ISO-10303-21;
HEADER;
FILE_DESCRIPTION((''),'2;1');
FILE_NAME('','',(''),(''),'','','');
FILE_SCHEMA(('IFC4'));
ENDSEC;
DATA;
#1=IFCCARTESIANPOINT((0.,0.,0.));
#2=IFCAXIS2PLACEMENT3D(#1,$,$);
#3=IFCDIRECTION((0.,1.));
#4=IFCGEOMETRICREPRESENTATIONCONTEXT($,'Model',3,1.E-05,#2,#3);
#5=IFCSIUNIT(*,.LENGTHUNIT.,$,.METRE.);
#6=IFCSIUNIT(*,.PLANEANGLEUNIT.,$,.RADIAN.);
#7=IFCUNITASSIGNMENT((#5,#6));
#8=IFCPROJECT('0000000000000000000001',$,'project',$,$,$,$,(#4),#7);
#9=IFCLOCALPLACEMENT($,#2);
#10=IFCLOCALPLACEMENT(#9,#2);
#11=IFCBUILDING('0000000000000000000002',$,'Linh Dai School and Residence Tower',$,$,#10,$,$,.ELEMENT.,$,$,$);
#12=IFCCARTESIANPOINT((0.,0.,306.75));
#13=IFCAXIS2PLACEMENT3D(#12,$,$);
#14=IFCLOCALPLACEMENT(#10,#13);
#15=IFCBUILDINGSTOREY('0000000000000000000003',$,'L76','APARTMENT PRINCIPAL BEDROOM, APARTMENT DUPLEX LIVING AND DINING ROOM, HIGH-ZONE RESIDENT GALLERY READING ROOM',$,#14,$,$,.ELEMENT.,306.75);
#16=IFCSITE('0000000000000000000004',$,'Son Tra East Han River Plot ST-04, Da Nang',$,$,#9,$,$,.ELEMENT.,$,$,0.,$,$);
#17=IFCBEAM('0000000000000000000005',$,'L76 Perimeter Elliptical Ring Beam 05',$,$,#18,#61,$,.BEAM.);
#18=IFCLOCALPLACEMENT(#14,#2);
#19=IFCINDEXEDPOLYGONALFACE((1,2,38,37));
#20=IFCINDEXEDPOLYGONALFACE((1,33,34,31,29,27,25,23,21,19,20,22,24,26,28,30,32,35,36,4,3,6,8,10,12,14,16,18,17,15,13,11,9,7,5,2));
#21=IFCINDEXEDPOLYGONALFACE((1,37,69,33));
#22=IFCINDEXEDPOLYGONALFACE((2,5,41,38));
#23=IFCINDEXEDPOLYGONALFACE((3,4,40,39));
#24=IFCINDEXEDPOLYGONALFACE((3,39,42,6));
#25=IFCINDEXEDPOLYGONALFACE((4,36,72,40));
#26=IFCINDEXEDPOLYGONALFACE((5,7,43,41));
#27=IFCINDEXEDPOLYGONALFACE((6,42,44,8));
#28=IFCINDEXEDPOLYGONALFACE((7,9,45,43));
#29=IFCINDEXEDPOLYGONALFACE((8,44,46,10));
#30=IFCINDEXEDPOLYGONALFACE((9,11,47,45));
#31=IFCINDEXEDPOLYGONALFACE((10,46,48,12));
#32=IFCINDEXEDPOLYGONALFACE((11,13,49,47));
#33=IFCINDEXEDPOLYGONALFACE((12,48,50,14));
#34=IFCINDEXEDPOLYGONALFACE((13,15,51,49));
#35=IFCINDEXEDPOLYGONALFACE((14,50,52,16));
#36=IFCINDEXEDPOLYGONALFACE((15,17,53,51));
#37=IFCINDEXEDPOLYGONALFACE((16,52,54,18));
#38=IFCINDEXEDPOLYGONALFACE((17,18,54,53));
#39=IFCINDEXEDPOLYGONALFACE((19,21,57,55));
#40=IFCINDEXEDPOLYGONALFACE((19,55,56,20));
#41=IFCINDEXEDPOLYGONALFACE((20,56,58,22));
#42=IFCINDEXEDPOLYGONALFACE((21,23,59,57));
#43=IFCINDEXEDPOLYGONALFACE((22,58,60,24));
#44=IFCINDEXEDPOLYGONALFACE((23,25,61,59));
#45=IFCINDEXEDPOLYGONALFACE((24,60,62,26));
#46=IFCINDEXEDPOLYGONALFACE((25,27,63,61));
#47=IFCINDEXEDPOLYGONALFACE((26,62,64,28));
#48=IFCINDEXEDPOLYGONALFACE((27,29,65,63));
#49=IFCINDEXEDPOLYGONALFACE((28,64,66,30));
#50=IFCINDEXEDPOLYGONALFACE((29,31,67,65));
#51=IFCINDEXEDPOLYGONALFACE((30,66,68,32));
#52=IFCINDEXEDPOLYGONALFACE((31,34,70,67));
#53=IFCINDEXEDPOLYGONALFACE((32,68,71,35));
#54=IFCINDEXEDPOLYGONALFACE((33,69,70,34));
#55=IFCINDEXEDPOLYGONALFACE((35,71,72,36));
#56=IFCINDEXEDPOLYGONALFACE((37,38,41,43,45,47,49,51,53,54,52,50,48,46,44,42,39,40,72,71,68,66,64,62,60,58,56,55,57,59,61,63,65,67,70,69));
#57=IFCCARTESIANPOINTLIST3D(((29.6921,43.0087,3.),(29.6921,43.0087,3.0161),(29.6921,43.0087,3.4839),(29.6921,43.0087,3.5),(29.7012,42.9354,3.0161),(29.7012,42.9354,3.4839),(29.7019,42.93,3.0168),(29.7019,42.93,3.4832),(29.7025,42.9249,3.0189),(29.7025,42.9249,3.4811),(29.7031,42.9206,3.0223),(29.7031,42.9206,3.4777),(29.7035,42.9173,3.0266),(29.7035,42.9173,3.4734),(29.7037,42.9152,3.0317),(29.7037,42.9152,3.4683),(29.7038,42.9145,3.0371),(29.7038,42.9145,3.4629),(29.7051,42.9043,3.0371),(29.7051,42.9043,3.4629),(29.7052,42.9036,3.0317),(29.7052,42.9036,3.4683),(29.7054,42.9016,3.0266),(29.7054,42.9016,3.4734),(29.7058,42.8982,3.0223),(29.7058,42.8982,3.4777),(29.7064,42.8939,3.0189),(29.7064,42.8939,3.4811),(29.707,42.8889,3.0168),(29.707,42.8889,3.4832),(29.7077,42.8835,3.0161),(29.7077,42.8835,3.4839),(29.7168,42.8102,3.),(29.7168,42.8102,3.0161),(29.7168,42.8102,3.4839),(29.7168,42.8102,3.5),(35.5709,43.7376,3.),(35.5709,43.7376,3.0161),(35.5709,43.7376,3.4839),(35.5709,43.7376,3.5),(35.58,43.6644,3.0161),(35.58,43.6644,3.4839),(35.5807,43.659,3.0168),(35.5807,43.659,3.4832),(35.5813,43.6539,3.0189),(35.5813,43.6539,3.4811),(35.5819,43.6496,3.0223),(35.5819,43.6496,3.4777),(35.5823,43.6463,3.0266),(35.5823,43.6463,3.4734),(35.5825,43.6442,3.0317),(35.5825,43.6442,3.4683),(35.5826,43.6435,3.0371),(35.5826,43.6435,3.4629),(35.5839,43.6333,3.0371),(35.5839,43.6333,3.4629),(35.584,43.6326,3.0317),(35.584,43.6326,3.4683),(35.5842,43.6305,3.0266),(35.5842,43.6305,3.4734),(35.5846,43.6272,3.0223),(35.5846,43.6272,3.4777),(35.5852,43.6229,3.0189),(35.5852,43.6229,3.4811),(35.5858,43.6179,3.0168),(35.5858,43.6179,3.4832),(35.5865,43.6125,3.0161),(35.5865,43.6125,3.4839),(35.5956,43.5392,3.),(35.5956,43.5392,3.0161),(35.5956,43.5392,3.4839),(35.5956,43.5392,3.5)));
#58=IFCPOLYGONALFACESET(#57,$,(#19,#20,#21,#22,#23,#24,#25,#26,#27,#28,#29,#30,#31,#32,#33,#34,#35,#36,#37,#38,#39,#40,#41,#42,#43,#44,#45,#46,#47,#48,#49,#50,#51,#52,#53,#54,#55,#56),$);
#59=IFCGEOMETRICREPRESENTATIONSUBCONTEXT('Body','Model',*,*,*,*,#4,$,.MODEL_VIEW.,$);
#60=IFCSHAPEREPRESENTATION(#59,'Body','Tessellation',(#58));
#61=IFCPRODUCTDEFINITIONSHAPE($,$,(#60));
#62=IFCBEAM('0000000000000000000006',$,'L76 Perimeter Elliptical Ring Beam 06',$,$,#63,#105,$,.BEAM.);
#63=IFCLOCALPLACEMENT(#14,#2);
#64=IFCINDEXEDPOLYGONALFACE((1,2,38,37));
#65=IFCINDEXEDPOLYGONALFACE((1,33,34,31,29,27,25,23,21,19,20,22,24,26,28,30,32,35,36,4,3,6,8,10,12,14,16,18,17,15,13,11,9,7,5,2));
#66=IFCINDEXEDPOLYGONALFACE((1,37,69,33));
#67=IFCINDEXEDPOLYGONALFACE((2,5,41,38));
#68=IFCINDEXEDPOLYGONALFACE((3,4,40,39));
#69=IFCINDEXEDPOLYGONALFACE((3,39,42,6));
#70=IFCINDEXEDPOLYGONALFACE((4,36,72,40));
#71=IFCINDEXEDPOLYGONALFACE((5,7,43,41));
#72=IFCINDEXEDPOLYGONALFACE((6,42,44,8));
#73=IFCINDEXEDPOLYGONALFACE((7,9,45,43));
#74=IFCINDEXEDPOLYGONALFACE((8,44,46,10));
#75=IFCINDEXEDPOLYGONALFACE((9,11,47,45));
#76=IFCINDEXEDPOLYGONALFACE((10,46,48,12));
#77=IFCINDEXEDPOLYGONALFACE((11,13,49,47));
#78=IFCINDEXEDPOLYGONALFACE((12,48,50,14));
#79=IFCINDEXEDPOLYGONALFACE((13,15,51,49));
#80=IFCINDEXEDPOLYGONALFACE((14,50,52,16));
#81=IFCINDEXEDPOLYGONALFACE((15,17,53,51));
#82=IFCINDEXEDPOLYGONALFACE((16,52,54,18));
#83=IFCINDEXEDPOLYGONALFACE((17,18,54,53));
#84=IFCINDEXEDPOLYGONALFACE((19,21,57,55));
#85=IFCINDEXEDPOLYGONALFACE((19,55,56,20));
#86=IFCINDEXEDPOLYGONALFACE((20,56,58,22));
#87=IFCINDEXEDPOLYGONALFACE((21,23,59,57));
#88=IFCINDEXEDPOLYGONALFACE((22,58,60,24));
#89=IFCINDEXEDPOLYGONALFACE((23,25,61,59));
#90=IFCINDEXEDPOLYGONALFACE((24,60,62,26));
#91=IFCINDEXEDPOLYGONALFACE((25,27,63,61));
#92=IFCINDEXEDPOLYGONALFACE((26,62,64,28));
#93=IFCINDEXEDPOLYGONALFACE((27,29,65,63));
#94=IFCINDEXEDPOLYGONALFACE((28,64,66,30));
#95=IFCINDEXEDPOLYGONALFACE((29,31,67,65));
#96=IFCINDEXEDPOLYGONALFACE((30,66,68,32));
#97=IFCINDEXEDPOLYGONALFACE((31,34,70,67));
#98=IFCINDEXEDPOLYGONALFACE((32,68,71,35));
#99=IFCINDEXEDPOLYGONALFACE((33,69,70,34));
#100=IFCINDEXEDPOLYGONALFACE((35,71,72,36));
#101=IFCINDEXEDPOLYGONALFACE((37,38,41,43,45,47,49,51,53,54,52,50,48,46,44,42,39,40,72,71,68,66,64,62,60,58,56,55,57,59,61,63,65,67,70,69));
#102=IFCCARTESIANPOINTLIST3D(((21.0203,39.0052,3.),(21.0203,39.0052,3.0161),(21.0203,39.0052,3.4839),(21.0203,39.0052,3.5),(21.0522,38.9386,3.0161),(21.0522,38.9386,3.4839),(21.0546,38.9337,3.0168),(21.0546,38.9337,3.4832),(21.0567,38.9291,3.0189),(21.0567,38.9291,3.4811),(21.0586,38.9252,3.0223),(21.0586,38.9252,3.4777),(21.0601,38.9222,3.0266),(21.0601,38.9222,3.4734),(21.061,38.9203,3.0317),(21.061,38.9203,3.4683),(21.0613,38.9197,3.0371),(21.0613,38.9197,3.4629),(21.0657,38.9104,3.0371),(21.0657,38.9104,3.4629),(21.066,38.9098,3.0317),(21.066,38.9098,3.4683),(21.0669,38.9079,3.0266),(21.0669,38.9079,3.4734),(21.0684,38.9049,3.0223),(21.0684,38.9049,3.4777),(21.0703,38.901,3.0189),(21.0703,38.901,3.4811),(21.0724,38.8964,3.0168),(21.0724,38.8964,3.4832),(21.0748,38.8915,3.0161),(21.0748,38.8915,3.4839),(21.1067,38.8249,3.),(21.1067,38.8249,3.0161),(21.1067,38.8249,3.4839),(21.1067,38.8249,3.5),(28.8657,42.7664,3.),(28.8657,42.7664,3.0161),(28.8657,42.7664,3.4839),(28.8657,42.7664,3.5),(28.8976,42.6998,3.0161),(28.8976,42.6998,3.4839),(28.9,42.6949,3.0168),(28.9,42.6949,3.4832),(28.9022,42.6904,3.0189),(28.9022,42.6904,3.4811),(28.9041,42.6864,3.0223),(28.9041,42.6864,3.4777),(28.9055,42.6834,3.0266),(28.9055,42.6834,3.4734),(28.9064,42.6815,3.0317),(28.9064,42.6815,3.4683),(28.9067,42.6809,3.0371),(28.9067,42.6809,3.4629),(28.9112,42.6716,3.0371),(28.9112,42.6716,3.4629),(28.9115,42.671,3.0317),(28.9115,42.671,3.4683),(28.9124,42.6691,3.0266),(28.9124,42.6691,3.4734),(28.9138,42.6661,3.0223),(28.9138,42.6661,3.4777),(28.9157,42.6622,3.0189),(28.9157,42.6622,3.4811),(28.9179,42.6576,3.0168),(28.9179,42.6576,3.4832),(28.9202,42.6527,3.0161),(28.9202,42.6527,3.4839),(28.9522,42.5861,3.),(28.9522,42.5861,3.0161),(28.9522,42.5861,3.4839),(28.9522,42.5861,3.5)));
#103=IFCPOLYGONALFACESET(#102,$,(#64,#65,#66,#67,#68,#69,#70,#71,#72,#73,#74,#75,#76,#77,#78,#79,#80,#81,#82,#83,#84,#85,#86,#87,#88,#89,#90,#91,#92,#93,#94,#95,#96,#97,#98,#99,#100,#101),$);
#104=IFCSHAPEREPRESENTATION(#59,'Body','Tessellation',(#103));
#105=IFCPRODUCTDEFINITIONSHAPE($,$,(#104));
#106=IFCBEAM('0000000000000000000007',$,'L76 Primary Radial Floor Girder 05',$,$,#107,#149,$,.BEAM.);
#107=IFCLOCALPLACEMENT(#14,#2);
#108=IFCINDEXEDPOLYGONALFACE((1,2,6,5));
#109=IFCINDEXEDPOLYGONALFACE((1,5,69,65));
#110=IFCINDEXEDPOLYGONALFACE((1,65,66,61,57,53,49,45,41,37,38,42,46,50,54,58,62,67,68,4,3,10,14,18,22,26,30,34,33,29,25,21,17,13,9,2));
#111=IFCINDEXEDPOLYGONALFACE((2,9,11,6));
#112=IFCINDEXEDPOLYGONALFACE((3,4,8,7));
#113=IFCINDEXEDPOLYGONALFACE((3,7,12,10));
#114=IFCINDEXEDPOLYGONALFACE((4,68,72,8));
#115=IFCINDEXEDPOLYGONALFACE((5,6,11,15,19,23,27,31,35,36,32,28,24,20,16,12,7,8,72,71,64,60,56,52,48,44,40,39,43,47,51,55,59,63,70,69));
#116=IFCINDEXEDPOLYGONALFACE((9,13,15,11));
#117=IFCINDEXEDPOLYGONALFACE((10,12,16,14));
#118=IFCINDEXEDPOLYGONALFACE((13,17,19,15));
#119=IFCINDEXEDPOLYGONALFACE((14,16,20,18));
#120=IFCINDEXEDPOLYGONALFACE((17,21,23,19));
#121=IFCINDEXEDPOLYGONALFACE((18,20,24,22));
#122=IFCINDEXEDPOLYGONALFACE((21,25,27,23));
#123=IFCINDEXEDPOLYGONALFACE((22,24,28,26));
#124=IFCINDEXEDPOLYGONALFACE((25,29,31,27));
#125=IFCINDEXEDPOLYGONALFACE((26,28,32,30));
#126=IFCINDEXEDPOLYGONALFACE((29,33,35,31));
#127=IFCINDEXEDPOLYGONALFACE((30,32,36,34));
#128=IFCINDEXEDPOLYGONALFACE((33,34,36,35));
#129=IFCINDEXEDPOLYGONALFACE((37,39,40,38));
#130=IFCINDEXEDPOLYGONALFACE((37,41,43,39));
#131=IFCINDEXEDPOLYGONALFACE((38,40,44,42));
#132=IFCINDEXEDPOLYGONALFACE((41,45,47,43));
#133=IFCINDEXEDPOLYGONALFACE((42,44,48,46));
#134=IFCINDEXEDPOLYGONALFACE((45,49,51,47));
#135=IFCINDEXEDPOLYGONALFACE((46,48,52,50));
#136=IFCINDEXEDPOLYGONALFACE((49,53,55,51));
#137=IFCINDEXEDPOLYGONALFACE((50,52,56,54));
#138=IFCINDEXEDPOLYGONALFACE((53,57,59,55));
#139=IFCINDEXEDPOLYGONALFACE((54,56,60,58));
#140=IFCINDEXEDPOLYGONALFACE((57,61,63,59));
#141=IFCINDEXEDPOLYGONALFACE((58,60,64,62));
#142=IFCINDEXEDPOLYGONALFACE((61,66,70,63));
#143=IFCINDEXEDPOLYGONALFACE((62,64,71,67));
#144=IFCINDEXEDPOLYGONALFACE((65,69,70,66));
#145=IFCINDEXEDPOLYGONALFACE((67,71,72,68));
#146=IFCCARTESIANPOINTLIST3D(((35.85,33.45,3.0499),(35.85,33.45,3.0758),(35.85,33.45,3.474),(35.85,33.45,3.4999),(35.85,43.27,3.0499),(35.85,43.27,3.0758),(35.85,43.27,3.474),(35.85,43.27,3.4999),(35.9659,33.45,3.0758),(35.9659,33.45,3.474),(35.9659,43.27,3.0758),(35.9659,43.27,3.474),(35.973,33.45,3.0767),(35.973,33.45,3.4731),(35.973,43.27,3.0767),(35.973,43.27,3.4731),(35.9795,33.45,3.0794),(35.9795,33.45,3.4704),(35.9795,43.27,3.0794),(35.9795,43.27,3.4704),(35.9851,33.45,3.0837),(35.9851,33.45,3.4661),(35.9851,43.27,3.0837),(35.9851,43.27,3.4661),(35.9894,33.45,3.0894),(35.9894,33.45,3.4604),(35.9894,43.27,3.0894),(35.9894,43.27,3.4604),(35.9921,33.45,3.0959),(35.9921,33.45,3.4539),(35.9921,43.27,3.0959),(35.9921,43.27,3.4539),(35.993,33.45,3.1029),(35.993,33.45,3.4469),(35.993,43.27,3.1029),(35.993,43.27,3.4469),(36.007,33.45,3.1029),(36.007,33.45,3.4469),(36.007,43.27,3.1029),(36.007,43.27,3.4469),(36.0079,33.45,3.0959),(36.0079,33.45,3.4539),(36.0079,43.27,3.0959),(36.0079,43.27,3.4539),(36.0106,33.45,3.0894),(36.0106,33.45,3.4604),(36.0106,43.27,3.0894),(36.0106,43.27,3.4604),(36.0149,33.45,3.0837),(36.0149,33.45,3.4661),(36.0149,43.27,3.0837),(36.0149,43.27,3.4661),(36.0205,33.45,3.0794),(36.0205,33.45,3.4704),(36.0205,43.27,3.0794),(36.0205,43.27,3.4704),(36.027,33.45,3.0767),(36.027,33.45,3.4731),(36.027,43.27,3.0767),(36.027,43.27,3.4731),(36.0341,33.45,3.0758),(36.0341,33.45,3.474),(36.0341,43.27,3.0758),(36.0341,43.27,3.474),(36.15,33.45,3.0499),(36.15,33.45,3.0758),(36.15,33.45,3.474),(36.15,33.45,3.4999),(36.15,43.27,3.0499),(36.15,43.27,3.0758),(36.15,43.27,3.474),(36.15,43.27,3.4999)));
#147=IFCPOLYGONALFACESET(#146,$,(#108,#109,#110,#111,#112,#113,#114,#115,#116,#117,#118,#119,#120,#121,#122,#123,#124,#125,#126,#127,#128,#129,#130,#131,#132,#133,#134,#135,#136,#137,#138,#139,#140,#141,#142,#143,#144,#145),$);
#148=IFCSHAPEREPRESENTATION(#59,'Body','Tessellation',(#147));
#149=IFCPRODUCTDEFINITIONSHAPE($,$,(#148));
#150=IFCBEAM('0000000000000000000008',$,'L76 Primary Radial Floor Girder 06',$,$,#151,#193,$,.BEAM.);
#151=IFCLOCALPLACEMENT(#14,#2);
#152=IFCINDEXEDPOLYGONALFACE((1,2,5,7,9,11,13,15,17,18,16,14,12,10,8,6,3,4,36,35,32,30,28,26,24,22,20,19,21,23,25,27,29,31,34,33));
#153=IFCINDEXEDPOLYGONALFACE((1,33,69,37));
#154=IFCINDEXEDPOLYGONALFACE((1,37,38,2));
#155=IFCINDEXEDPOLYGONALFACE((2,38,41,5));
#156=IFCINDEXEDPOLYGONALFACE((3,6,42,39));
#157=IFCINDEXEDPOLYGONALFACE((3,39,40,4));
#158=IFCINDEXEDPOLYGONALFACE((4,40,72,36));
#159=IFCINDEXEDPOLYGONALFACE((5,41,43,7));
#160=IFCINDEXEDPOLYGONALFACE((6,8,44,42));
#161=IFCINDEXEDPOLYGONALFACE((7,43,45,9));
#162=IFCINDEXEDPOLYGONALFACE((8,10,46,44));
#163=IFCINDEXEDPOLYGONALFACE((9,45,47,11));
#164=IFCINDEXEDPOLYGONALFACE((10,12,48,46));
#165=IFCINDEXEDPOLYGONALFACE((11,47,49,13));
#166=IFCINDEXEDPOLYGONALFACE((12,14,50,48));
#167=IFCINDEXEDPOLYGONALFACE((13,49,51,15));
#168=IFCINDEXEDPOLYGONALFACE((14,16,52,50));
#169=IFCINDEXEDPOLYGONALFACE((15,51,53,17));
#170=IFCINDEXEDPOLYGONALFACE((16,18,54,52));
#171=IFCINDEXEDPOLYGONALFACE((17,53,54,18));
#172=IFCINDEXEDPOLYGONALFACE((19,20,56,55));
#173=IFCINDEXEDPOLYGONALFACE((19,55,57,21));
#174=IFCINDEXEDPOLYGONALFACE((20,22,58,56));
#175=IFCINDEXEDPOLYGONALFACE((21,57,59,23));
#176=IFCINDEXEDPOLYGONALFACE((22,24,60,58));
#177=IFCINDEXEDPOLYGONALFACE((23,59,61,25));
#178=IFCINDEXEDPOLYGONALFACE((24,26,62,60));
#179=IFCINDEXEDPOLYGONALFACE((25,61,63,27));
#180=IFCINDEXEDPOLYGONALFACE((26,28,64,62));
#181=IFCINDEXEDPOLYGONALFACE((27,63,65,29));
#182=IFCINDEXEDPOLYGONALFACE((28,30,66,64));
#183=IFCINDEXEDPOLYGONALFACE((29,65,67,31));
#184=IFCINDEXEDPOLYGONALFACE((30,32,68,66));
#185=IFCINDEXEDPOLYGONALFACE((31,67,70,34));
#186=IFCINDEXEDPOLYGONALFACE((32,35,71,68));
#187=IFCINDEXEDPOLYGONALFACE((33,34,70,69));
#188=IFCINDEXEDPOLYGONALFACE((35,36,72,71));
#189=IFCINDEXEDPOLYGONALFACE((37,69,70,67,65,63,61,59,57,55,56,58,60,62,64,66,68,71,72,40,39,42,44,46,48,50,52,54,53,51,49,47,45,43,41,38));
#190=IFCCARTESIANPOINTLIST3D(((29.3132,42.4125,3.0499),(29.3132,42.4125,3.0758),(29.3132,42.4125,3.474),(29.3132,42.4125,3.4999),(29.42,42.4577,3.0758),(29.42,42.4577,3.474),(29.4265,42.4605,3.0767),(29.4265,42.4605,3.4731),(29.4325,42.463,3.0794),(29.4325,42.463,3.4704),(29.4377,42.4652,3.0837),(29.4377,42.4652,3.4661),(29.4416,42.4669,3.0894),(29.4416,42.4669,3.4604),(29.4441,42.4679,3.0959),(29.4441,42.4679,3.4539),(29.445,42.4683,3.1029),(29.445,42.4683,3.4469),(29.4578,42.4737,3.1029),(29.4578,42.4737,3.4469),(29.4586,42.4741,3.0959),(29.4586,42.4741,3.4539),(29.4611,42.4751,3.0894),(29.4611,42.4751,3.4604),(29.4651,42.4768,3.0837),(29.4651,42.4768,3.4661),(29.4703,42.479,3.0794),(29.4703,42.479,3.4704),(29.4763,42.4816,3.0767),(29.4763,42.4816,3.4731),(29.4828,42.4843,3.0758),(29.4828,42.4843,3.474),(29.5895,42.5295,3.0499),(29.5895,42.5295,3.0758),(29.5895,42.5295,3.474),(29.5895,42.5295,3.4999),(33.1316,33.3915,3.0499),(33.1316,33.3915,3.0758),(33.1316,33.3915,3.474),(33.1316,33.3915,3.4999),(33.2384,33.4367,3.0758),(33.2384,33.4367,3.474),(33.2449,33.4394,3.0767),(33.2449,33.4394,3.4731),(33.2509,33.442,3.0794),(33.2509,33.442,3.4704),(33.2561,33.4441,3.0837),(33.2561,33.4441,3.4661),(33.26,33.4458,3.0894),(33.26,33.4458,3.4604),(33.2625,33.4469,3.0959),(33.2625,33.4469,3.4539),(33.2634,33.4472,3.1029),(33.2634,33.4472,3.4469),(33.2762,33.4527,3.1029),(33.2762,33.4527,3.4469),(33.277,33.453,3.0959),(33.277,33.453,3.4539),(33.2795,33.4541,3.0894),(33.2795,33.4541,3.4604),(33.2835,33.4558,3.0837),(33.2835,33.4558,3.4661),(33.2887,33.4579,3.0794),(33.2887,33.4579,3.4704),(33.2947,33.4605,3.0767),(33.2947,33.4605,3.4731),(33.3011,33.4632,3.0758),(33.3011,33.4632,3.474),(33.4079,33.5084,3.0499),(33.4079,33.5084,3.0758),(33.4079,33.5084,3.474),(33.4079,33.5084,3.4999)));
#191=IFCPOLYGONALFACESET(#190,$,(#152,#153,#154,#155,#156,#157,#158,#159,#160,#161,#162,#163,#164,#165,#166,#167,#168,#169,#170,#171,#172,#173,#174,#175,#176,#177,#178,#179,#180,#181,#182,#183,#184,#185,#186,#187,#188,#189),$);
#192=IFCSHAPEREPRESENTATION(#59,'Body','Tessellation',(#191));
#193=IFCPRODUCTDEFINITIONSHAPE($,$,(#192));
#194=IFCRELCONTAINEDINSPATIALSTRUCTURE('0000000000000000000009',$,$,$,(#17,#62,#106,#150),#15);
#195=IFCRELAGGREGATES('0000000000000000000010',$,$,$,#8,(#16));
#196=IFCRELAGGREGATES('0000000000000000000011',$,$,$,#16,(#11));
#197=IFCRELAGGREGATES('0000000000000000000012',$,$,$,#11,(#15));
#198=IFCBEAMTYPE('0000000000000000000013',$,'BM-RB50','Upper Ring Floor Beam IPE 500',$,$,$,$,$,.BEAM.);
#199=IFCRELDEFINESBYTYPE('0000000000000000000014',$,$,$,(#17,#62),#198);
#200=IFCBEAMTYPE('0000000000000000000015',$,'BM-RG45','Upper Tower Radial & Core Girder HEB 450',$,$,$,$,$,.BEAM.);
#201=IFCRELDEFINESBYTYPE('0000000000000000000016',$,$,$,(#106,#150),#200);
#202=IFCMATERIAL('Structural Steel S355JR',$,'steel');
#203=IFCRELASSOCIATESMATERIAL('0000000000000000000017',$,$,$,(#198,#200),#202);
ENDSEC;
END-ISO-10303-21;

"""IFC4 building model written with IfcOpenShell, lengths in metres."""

from ifc_helpers import new_model, si_unit, direction, frame, origin, origin_2d, place, context, subcontext, project, spatial, i_section, extrude, material, material_profile, profile_set, type_object, element, save


model = new_model("IFC4")

# Units and contexts
model_context = context("Model", 3, precision=1e-05, world=origin(), true_north=direction((0.0, 1.0)))
body_context = subcontext(model_context, "Body", "Model", "MODEL_VIEW")
ifc_project = project(units=[si_unit("LENGTHUNIT", "METRE"), si_unit("PLANEANGLEUNIT", "RADIAN")], contexts=[model_context])

# Site, building, storey
site_placement = place(None, origin())
site = spatial("IfcSite", under=ifc_project, at=site_placement, Name="Son Tra East Han River Plot ST-04, Da Nang", CompositionType="ELEMENT", RefElevation=0.0)
building_placement = place(site_placement, origin())
building = spatial("IfcBuilding", under=site, at=building_placement, Name="Linh Dai School and Residence Tower", CompositionType="ELEMENT")
storey_placement = place(building_placement, frame((0.0, 0.0, 306.75)))
storey = spatial("IfcBuildingStorey", under=building, at=storey_placement, Name="L76", Description="APARTMENT PRINCIPAL BEDROOM, APARTMENT DUPLEX LIVING AND DINING ROOM, HIGH-ZONE RESIDENT GALLERY READING ROOM", CompositionType="ELEMENT", Elevation=306.75)

# Shared definitions
ifc_material_1 = material(Name="Structural Steel S355JR", Category="steel")

# Beams
ifc_material_profile_1 = material_profile(ifc_material_1, i_section(OverallWidth=0.2, OverallDepth=0.5, WebThickness=0.0103, FlangeThickness=0.0161, FilletRadius=0.021, at=origin_2d()), Name="IPE 500")
ifc_profile_set_1 = profile_set([ifc_material_profile_1], Name="Structural Steel S355JR")
beam_type_1 = type_object("IfcBeamType", Name="BM-RB50", Description="Upper Ring Floor Beam IPE 500", PredefinedType="BEAM", material=ifc_profile_set_1)
beam_1_placement = place(storey_placement, frame((35.5833, 43.6384, 3.25), z_axis=(-0.992399, -0.123061, 0.0), x_axis=(0.123061, -0.992399, 0.0)))
element("IfcBeam", 1, at=beam_1_placement, inside=storey, type_object=beam_type_1, Name="L76 Perimeter Elliptical Ring Beam 05", PredefinedType="BEAM", context=body_context, shape_type="SweptSolid", body=[
    extrude(i_section(OverallWidth=0.2, OverallDepth=0.5, WebThickness=0.0103, FlangeThickness=0.0161, FilletRadius=0.021, at=origin_2d()), origin(), (0.0, 0.0, 1.0), 5.9238),
])
beam_2_placement = place(storey_placement, frame((28.9089, 42.6763, 3.25), z_axis=(-0.901729, -0.432302, 0.0), x_axis=(0.432302, -0.901729, 0.0)))
element("IfcBeam", 2, at=beam_2_placement, inside=storey, type_object=beam_type_1, Name="L76 Perimeter Elliptical Ring Beam 06", PredefinedType="BEAM", context=body_context, shape_type="SweptSolid", body=[
    extrude(i_section(OverallWidth=0.2, OverallDepth=0.5, WebThickness=0.0103, FlangeThickness=0.0161, FilletRadius=0.021, at=origin_2d()), origin(), (0.0, 0.0, 1.0), 8.7004),
])
ifc_material_profile_2 = material_profile(ifc_material_1, i_section(OverallWidth=0.3, OverallDepth=0.45, WebThickness=0.0139, FlangeThickness=0.0259, FilletRadius=0.0271, at=origin_2d()), Name="HEB 450")
ifc_profile_set_2 = profile_set([ifc_material_profile_2], Name="Structural Steel S355JR")
beam_type_2 = type_object("IfcBeamType", Name="BM-RG45", Description="Upper Tower Radial & Core Girder HEB 450", PredefinedType="BEAM", material=ifc_profile_set_2)
beam_3_placement = place(storey_placement, frame((36.0, 33.45, 3.2749), z_axis=(0.0, 1.0, 0.0), x_axis=(-1.0, 0.0, 0.0)))
element("IfcBeam", 3, at=beam_3_placement, inside=storey, type_object=beam_type_2, Name="L76 Primary Radial Floor Girder 05", PredefinedType="BEAM", context=body_context, shape_type="SweptSolid", body=[
    extrude(i_section(OverallWidth=0.3, OverallDepth=0.45, WebThickness=0.0139, FlangeThickness=0.0259, FilletRadius=0.0271, at=origin_2d()), origin(), (0.0, 0.0, 1.0), 9.8201),
])
beam_4_placement = place(storey_placement, frame((33.2698, 33.45, 3.2749), z_axis=(-0.389794, 0.920902, 0.0), x_axis=(-0.920902, -0.389794, 0.0)))
element("IfcBeam", 4, at=beam_4_placement, inside=storey, type_object=beam_type_2, Name="L76 Primary Radial Floor Girder 06", PredefinedType="BEAM", context=body_context, shape_type="SweptSolid", body=[
    extrude(i_section(OverallWidth=0.3, OverallDepth=0.45, WebThickness=0.0139, FlangeThickness=0.0259, FilletRadius=0.0271, at=origin_2d()), origin(), (0.0, 0.0, 1.0), 9.7959),
])

save(model, "model.ifc")
